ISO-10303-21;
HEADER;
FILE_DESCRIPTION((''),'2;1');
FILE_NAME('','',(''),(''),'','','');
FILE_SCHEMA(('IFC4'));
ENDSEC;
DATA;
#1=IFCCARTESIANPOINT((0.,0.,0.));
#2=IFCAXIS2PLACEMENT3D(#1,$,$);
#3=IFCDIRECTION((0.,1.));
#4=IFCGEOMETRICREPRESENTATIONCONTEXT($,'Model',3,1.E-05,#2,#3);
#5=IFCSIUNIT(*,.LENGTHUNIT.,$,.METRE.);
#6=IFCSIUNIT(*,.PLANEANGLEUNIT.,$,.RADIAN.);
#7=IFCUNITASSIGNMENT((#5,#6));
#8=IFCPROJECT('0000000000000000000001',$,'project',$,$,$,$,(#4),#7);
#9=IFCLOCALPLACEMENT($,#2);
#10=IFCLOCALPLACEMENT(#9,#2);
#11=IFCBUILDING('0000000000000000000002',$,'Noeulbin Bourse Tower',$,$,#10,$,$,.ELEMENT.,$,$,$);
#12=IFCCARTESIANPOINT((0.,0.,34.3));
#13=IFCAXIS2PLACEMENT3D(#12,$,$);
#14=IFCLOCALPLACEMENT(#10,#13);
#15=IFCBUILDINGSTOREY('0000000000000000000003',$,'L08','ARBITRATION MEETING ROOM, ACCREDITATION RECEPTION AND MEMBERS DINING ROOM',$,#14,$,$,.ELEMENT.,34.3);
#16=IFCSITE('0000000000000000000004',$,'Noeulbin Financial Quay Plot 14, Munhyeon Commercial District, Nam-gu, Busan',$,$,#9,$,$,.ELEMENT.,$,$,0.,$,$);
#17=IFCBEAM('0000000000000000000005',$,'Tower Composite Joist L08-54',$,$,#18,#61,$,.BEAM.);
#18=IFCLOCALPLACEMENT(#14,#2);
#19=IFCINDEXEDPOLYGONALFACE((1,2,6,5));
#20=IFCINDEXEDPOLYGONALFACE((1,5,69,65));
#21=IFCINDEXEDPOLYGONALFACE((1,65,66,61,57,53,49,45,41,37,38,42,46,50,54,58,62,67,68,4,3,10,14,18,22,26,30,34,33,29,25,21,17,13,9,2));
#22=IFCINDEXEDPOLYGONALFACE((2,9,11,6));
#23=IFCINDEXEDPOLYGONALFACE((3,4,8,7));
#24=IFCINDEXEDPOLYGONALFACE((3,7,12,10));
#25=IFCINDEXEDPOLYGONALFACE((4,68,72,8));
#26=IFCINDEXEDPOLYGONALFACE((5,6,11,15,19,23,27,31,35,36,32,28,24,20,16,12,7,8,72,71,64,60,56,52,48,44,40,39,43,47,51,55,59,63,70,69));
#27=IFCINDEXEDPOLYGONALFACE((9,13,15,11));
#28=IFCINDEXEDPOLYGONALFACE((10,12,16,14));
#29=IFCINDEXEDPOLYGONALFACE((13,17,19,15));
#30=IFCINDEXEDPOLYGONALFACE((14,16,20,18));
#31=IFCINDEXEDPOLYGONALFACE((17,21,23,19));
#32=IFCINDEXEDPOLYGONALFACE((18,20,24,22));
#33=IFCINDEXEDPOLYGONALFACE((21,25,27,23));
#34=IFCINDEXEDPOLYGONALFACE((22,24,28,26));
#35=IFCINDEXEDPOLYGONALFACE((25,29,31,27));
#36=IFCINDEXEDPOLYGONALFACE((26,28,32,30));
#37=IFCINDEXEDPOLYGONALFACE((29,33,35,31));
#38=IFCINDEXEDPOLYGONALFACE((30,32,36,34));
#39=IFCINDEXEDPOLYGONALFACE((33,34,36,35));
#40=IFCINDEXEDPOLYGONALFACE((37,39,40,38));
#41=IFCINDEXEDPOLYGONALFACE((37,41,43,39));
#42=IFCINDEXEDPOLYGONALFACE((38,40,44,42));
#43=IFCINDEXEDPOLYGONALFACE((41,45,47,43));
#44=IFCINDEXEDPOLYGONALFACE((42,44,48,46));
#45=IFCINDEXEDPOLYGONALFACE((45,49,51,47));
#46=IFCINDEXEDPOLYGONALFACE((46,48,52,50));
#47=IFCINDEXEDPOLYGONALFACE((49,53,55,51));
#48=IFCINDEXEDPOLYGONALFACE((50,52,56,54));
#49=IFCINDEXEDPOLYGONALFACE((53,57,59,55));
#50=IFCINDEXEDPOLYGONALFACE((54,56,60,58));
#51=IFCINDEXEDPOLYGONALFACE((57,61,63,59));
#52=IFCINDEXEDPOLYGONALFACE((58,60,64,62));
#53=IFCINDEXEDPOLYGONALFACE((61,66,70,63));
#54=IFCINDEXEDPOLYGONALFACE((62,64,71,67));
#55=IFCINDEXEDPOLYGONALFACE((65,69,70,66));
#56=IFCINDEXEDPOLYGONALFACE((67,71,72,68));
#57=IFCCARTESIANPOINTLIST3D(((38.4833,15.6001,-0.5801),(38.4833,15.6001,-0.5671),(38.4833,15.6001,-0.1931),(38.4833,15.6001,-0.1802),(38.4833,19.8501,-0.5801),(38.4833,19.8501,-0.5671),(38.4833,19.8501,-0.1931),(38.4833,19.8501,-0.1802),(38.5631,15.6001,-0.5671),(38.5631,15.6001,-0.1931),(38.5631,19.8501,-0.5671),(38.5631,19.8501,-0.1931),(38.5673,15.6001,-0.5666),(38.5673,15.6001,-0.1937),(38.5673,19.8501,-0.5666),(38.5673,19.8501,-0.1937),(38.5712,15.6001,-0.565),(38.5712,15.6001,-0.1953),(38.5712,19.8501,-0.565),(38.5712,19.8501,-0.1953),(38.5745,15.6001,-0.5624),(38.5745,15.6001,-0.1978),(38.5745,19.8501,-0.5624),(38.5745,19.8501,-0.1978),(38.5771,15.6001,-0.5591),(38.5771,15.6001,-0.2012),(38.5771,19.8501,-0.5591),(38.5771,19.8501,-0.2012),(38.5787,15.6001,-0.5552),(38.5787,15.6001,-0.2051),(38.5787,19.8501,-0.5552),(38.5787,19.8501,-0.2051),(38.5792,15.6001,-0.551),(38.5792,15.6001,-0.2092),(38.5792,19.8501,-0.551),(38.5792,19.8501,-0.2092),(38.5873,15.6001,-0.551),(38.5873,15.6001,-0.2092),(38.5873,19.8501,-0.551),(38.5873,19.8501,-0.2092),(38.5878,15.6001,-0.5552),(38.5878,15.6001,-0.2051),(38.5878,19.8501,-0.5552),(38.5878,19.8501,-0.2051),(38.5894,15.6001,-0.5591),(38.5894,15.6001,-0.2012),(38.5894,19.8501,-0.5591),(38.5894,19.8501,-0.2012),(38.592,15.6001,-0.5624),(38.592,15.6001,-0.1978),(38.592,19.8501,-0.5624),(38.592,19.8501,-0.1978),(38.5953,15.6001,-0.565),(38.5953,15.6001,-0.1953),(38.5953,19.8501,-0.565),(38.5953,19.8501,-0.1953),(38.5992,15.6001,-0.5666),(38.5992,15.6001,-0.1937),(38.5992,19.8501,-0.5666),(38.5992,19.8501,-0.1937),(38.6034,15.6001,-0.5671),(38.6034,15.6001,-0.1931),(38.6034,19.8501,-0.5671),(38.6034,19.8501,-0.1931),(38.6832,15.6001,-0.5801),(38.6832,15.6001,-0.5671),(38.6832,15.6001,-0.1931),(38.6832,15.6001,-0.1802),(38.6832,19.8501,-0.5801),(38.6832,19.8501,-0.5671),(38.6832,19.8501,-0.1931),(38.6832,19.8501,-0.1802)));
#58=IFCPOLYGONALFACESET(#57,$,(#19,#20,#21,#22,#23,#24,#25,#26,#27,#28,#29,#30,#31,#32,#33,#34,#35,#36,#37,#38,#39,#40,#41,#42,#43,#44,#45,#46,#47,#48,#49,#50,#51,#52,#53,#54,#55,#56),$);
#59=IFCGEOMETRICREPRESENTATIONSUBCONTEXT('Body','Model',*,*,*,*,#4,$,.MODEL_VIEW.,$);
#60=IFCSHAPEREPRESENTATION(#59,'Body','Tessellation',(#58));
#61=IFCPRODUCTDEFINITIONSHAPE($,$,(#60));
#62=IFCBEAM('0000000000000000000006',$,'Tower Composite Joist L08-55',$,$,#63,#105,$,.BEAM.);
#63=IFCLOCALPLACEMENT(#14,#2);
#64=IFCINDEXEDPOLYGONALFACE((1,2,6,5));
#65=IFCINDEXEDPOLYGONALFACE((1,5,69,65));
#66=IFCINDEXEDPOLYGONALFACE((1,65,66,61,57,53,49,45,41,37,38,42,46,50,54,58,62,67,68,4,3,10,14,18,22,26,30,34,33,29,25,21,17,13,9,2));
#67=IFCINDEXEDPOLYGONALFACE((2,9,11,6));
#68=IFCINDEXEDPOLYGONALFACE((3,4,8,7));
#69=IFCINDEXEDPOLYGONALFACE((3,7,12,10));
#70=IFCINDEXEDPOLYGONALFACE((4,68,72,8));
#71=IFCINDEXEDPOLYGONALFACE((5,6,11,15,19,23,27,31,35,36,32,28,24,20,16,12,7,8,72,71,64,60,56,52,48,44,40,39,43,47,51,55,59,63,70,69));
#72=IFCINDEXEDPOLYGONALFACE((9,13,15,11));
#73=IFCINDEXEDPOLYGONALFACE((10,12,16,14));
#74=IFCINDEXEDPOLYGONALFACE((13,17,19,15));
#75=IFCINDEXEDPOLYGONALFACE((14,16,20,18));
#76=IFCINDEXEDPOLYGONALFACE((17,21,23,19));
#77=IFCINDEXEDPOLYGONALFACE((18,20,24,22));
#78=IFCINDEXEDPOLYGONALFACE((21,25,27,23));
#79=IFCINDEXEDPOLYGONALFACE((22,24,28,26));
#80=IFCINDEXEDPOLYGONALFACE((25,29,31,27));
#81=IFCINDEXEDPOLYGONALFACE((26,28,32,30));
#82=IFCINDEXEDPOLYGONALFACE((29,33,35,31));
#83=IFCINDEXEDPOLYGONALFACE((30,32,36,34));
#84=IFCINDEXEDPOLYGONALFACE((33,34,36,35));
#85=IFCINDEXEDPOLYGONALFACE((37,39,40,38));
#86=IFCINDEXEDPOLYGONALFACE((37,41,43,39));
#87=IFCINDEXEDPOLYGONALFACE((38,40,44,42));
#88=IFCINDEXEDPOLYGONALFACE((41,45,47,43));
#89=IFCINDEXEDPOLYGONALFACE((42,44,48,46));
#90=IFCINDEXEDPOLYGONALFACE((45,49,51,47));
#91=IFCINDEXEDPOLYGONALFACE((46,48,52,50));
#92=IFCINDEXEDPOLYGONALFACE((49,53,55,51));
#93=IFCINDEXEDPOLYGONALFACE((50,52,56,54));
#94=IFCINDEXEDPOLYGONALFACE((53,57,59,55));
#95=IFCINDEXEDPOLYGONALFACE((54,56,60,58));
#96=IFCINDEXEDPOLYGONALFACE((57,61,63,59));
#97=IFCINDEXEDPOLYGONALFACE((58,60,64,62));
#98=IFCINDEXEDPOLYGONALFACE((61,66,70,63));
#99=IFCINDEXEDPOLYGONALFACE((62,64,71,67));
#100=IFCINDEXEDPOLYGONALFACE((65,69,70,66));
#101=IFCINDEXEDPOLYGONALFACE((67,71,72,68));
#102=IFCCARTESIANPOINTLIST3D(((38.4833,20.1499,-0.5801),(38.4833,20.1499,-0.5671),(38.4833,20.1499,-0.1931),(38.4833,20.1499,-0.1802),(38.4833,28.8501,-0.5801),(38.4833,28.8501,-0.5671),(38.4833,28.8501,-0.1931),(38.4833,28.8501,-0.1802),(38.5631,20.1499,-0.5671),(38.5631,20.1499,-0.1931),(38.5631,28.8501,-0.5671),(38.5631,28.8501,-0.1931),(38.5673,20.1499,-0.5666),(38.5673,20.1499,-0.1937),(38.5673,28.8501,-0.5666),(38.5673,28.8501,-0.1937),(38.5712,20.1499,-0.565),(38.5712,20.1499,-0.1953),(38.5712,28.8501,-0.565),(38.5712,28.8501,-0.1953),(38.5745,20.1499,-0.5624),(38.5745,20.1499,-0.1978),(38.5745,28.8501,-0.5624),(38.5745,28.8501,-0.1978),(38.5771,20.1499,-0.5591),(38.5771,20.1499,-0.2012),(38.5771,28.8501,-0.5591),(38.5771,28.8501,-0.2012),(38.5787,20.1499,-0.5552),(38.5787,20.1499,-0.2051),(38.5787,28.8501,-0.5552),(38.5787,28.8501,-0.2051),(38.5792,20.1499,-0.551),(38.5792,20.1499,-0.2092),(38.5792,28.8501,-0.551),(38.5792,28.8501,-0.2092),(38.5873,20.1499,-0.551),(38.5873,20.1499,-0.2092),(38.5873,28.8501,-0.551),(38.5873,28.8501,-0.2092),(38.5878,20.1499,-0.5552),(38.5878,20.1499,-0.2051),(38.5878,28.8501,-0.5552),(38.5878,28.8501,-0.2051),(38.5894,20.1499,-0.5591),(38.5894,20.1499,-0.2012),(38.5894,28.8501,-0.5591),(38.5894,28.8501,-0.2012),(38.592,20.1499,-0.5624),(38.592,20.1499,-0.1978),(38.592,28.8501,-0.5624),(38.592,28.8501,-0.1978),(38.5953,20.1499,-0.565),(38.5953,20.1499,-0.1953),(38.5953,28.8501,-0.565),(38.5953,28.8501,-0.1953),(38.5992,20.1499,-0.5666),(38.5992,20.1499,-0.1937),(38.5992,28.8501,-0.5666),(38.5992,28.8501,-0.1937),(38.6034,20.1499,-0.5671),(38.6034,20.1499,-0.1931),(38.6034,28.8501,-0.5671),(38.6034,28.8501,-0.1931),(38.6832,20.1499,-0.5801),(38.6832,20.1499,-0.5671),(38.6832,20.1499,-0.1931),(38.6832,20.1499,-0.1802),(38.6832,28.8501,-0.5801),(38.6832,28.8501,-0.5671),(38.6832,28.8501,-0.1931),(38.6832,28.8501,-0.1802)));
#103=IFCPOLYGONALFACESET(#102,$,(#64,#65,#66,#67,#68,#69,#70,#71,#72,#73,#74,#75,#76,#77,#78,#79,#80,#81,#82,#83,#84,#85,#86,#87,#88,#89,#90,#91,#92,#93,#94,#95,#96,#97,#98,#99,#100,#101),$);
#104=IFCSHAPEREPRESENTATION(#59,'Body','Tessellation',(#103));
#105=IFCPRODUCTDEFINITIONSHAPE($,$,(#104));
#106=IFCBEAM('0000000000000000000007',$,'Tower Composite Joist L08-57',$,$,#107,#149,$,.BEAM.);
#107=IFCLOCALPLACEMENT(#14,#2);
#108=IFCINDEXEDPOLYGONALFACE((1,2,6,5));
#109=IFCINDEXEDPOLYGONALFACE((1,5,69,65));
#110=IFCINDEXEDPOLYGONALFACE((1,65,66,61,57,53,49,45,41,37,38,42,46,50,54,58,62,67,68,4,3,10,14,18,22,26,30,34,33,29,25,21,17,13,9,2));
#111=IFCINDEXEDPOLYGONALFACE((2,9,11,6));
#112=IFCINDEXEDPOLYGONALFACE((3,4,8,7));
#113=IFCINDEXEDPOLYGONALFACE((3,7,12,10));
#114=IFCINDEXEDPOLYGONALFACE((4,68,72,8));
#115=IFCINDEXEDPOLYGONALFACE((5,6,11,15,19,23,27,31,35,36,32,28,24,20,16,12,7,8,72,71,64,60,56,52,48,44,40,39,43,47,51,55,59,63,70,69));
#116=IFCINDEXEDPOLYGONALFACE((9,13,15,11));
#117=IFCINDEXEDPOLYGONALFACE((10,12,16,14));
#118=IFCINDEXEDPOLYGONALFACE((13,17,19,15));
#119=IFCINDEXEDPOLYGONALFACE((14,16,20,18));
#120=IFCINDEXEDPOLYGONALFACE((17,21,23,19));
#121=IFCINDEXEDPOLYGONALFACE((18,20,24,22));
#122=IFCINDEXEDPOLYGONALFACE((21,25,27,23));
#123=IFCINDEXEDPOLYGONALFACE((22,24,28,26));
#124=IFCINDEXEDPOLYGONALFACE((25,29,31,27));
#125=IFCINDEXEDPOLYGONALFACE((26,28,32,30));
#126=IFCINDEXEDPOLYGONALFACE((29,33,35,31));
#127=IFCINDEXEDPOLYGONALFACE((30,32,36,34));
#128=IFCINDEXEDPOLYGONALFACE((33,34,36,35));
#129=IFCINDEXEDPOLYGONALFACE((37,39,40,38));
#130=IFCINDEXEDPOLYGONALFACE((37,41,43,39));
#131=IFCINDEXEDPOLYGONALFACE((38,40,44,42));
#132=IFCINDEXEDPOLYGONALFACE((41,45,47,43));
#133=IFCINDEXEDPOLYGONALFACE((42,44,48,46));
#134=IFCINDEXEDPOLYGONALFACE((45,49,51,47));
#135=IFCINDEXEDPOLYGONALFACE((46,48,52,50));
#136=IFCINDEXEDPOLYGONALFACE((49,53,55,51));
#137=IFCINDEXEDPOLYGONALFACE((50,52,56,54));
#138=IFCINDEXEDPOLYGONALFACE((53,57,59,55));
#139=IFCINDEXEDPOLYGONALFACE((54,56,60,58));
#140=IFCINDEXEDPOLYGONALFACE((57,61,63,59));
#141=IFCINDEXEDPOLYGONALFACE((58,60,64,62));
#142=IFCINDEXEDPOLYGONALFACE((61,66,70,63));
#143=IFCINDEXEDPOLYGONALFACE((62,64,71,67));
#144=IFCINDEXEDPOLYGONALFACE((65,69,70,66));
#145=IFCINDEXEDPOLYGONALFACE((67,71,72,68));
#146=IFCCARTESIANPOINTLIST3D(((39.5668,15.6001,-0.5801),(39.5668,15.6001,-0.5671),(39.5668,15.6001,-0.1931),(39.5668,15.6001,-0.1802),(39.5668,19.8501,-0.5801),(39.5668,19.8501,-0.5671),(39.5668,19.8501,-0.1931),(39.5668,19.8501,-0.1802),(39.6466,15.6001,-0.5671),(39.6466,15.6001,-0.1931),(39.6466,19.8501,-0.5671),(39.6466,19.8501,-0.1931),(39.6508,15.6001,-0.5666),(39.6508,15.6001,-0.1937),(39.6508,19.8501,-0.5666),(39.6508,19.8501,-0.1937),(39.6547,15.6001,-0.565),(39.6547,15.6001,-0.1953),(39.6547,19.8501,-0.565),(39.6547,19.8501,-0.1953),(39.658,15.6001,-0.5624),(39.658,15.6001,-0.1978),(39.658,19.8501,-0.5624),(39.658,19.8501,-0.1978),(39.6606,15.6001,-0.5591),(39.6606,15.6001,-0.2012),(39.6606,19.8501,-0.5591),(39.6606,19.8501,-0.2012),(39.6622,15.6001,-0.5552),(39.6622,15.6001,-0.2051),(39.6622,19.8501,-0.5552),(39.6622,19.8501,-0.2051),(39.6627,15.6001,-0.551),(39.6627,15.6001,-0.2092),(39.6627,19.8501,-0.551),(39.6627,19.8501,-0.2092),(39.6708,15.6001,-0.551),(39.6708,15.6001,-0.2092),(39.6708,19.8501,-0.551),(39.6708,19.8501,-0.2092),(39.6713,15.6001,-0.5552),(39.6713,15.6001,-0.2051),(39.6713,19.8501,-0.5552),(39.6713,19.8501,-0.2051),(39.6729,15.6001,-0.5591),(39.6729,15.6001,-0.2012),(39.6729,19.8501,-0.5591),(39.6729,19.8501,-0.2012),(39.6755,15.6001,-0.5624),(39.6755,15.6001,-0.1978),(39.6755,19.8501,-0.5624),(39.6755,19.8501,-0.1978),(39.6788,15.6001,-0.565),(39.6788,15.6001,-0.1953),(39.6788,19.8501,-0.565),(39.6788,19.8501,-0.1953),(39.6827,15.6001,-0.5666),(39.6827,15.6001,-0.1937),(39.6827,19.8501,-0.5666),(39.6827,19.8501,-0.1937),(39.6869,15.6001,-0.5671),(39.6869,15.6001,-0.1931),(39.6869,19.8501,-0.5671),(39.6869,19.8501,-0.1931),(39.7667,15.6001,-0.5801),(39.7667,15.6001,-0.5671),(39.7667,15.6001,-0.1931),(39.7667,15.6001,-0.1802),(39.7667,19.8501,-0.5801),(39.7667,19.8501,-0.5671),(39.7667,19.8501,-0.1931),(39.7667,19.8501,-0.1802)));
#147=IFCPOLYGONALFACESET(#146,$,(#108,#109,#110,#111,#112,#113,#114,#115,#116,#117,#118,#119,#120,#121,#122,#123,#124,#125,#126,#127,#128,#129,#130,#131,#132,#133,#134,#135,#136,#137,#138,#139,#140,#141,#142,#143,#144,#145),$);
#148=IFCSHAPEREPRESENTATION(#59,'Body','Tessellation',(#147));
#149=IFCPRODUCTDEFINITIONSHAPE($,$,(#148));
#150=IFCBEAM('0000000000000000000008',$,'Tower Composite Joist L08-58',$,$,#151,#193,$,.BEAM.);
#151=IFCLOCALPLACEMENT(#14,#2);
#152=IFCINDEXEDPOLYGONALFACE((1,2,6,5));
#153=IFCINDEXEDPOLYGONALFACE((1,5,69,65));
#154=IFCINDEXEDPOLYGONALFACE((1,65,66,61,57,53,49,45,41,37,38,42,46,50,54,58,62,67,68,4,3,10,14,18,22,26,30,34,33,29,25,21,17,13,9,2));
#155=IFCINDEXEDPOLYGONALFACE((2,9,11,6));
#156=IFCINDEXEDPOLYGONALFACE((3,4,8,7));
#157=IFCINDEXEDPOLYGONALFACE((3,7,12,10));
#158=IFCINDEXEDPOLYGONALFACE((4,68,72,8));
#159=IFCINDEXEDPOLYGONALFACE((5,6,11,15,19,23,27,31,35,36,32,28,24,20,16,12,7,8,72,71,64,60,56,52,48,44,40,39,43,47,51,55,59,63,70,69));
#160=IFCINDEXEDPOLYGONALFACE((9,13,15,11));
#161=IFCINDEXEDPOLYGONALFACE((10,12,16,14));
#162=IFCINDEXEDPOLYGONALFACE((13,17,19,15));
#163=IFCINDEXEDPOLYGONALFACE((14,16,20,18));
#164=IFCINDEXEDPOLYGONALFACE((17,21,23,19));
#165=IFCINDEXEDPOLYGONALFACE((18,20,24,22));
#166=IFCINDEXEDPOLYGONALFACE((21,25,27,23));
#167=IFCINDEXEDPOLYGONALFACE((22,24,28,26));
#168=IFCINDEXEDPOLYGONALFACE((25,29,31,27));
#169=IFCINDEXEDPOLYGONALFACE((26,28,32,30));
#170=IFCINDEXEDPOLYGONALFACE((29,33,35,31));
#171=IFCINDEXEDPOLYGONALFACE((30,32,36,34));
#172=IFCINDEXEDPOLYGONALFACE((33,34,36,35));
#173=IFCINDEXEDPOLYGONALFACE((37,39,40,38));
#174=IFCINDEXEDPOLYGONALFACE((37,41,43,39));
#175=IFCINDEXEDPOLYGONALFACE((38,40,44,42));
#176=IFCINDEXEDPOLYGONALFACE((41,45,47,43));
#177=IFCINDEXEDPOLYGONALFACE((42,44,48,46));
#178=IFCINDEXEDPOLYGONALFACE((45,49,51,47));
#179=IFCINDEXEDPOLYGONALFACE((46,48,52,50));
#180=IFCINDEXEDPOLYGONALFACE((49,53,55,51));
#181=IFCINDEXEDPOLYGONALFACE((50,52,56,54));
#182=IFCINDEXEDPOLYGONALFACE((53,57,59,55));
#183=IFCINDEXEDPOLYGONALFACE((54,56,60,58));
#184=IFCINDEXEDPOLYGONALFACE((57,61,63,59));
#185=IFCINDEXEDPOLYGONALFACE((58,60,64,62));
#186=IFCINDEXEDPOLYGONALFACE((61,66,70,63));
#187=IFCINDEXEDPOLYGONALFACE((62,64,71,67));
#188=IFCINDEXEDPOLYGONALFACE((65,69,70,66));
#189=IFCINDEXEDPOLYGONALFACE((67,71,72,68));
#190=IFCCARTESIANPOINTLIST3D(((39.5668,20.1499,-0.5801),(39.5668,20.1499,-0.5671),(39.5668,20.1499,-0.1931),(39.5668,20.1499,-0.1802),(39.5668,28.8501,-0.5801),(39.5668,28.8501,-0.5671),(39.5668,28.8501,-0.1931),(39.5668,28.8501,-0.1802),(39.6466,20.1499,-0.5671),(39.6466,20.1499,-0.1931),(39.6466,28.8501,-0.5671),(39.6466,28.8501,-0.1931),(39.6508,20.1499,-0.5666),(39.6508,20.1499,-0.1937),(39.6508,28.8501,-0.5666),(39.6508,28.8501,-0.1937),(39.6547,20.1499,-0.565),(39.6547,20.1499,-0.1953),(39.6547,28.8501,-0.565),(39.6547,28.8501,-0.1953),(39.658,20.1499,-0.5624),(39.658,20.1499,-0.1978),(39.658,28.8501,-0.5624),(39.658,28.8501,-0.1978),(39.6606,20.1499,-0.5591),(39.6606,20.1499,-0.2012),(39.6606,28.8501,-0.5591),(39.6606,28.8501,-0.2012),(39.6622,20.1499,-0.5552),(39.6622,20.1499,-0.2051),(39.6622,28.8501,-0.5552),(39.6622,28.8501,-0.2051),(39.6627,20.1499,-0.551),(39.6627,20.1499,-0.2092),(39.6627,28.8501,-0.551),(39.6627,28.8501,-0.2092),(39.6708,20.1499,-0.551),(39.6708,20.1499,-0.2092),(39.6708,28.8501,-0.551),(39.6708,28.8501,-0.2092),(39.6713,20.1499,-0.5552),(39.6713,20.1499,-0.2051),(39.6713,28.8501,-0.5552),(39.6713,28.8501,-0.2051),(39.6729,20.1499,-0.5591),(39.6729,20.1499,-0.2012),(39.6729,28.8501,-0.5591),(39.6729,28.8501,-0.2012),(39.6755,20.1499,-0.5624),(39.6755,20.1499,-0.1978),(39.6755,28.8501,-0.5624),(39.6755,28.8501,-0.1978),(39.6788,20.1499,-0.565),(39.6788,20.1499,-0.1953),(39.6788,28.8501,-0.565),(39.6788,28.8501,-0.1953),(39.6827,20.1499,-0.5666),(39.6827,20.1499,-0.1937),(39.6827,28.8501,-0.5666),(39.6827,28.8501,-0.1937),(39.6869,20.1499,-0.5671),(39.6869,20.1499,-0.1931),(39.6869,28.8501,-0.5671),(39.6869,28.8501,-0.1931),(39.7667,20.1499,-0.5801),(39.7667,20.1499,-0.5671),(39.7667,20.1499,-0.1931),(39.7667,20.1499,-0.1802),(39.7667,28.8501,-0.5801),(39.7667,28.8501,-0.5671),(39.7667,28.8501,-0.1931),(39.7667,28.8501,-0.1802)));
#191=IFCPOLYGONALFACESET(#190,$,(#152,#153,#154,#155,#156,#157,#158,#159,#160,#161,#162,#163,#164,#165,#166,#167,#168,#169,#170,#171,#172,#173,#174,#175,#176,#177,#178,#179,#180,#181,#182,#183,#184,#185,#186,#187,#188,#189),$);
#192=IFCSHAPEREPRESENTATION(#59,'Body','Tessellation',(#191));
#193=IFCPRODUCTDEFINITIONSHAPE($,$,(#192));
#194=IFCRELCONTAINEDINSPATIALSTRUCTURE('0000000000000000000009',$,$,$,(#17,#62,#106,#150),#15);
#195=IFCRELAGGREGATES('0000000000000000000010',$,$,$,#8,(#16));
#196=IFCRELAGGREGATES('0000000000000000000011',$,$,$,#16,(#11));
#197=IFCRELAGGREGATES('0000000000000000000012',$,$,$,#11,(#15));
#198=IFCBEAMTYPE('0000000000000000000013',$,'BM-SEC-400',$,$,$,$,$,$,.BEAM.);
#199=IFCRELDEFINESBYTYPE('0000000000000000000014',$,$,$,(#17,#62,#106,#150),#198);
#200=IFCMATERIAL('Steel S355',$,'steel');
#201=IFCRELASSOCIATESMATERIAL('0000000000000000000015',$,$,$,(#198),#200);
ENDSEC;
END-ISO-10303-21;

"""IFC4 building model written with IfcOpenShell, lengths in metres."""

from ifc_helpers import new_model, si_unit, direction, frame, origin, origin_2d, place, context, subcontext, project, spatial, i_section, extrude, material, material_profile, profile_set, type_object, element, save


model = new_model("IFC4")

# Units and contexts
model_context = context("Model", 3, precision=1e-05, world=origin(), true_north=direction((0.0, 1.0)))
body_context = subcontext(model_context, "Body", "Model", "MODEL_VIEW")
ifc_project = project(units=[si_unit("LENGTHUNIT", "METRE"), si_unit("PLANEANGLEUNIT", "RADIAN")], contexts=[model_context])

# Site, building, storey
site_placement = place(None, origin())
site = spatial("IfcSite", under=ifc_project, at=site_placement, Name="Noeulbin Financial Quay Plot 14, Munhyeon Commercial District, Nam-gu, Busan", CompositionType="ELEMENT", RefElevation=0.0)
building_placement = place(site_placement, origin())
building = spatial("IfcBuilding", under=site, at=building_placement, Name="Noeulbin Bourse Tower", CompositionType="ELEMENT")
storey_placement = place(building_placement, frame((0.0, 0.0, 34.3)))
storey = spatial("IfcBuildingStorey", under=building, at=storey_placement, Name="L08", Description="ARBITRATION MEETING ROOM, ACCREDITATION RECEPTION AND MEMBERS DINING ROOM", CompositionType="ELEMENT", Elevation=34.3)

# Beams
ifc_material_1 = material(Name="Steel S355", Category="steel")
ifc_material_profile_1 = material_profile(ifc_material_1, i_section(OverallWidth=0.2, OverallDepth=0.3999, WebThickness=0.0081, FlangeThickness=0.0129, FilletRadius=0.0161, at=origin_2d()), Name="H-400x200x8x13", Category="LoadBearing")
ifc_profile_set_1 = profile_set([ifc_material_profile_1], Name="Steel S355")
beam_type_1 = type_object("IfcBeamType", Name="BM-SEC-400", PredefinedType="BEAM", material=ifc_profile_set_1)
beam_1_placement = place(storey_placement, frame((38.5833, 15.6001, -0.3801), z_axis=(0.0, 1.0, 0.0), x_axis=(-1.0, 0.0, 0.0)))
element("IfcBeam", 1, at=beam_1_placement, inside=storey, type_object=beam_type_1, Name="Tower Composite Joist L08-54", PredefinedType="BEAM", context=body_context, shape_type="SweptSolid", body=[
    extrude(i_section(OverallWidth=0.2, OverallDepth=0.3999, WebThickness=0.0081, FlangeThickness=0.0129, FilletRadius=0.0161, at=origin_2d()), origin(), (0.0, 0.0, 1.0), 4.25),
])
beam_2_placement = place(storey_placement, frame((38.5833, 20.1499, -0.3801), z_axis=(0.0, 1.0, 0.0), x_axis=(-1.0, 0.0, 0.0)))
element("IfcBeam", 2, at=beam_2_placement, inside=storey, type_object=beam_type_1, Name="Tower Composite Joist L08-55", PredefinedType="BEAM", context=body_context, shape_type="SweptSolid", body=[
    extrude(i_section(OverallWidth=0.2, OverallDepth=0.3999, WebThickness=0.0081, FlangeThickness=0.0129, FilletRadius=0.0161, at=origin_2d()), origin(), (0.0, 0.0, 1.0), 8.7002),
])
beam_3_placement = place(storey_placement, frame((39.6667, 15.6001, -0.3801), z_axis=(0.0, 1.0, 0.0), x_axis=(-1.0, 0.0, 0.0)))
element("IfcBeam", 3, at=beam_3_placement, inside=storey, type_object=beam_type_1, Name="Tower Composite Joist L08-57", PredefinedType="BEAM", context=body_context, shape_type="SweptSolid", body=[
    extrude(i_section(OverallWidth=0.2, OverallDepth=0.3999, WebThickness=0.0081, FlangeThickness=0.0129, FilletRadius=0.0161, at=origin_2d()), origin(), (0.0, 0.0, 1.0), 4.25),
])
beam_4_placement = place(storey_placement, frame((39.6667, 20.1499, -0.3801), z_axis=(0.0, 1.0, 0.0), x_axis=(-1.0, 0.0, 0.0)))
element("IfcBeam", 4, at=beam_4_placement, inside=storey, type_object=beam_type_1, Name="Tower Composite Joist L08-58", PredefinedType="BEAM", context=body_context, shape_type="SweptSolid", body=[
    extrude(i_section(OverallWidth=0.2, OverallDepth=0.3999, WebThickness=0.0081, FlangeThickness=0.0129, FilletRadius=0.0161, at=origin_2d()), origin(), (0.0, 0.0, 1.0), 8.7002),
])

save(model, "model.ifc")
